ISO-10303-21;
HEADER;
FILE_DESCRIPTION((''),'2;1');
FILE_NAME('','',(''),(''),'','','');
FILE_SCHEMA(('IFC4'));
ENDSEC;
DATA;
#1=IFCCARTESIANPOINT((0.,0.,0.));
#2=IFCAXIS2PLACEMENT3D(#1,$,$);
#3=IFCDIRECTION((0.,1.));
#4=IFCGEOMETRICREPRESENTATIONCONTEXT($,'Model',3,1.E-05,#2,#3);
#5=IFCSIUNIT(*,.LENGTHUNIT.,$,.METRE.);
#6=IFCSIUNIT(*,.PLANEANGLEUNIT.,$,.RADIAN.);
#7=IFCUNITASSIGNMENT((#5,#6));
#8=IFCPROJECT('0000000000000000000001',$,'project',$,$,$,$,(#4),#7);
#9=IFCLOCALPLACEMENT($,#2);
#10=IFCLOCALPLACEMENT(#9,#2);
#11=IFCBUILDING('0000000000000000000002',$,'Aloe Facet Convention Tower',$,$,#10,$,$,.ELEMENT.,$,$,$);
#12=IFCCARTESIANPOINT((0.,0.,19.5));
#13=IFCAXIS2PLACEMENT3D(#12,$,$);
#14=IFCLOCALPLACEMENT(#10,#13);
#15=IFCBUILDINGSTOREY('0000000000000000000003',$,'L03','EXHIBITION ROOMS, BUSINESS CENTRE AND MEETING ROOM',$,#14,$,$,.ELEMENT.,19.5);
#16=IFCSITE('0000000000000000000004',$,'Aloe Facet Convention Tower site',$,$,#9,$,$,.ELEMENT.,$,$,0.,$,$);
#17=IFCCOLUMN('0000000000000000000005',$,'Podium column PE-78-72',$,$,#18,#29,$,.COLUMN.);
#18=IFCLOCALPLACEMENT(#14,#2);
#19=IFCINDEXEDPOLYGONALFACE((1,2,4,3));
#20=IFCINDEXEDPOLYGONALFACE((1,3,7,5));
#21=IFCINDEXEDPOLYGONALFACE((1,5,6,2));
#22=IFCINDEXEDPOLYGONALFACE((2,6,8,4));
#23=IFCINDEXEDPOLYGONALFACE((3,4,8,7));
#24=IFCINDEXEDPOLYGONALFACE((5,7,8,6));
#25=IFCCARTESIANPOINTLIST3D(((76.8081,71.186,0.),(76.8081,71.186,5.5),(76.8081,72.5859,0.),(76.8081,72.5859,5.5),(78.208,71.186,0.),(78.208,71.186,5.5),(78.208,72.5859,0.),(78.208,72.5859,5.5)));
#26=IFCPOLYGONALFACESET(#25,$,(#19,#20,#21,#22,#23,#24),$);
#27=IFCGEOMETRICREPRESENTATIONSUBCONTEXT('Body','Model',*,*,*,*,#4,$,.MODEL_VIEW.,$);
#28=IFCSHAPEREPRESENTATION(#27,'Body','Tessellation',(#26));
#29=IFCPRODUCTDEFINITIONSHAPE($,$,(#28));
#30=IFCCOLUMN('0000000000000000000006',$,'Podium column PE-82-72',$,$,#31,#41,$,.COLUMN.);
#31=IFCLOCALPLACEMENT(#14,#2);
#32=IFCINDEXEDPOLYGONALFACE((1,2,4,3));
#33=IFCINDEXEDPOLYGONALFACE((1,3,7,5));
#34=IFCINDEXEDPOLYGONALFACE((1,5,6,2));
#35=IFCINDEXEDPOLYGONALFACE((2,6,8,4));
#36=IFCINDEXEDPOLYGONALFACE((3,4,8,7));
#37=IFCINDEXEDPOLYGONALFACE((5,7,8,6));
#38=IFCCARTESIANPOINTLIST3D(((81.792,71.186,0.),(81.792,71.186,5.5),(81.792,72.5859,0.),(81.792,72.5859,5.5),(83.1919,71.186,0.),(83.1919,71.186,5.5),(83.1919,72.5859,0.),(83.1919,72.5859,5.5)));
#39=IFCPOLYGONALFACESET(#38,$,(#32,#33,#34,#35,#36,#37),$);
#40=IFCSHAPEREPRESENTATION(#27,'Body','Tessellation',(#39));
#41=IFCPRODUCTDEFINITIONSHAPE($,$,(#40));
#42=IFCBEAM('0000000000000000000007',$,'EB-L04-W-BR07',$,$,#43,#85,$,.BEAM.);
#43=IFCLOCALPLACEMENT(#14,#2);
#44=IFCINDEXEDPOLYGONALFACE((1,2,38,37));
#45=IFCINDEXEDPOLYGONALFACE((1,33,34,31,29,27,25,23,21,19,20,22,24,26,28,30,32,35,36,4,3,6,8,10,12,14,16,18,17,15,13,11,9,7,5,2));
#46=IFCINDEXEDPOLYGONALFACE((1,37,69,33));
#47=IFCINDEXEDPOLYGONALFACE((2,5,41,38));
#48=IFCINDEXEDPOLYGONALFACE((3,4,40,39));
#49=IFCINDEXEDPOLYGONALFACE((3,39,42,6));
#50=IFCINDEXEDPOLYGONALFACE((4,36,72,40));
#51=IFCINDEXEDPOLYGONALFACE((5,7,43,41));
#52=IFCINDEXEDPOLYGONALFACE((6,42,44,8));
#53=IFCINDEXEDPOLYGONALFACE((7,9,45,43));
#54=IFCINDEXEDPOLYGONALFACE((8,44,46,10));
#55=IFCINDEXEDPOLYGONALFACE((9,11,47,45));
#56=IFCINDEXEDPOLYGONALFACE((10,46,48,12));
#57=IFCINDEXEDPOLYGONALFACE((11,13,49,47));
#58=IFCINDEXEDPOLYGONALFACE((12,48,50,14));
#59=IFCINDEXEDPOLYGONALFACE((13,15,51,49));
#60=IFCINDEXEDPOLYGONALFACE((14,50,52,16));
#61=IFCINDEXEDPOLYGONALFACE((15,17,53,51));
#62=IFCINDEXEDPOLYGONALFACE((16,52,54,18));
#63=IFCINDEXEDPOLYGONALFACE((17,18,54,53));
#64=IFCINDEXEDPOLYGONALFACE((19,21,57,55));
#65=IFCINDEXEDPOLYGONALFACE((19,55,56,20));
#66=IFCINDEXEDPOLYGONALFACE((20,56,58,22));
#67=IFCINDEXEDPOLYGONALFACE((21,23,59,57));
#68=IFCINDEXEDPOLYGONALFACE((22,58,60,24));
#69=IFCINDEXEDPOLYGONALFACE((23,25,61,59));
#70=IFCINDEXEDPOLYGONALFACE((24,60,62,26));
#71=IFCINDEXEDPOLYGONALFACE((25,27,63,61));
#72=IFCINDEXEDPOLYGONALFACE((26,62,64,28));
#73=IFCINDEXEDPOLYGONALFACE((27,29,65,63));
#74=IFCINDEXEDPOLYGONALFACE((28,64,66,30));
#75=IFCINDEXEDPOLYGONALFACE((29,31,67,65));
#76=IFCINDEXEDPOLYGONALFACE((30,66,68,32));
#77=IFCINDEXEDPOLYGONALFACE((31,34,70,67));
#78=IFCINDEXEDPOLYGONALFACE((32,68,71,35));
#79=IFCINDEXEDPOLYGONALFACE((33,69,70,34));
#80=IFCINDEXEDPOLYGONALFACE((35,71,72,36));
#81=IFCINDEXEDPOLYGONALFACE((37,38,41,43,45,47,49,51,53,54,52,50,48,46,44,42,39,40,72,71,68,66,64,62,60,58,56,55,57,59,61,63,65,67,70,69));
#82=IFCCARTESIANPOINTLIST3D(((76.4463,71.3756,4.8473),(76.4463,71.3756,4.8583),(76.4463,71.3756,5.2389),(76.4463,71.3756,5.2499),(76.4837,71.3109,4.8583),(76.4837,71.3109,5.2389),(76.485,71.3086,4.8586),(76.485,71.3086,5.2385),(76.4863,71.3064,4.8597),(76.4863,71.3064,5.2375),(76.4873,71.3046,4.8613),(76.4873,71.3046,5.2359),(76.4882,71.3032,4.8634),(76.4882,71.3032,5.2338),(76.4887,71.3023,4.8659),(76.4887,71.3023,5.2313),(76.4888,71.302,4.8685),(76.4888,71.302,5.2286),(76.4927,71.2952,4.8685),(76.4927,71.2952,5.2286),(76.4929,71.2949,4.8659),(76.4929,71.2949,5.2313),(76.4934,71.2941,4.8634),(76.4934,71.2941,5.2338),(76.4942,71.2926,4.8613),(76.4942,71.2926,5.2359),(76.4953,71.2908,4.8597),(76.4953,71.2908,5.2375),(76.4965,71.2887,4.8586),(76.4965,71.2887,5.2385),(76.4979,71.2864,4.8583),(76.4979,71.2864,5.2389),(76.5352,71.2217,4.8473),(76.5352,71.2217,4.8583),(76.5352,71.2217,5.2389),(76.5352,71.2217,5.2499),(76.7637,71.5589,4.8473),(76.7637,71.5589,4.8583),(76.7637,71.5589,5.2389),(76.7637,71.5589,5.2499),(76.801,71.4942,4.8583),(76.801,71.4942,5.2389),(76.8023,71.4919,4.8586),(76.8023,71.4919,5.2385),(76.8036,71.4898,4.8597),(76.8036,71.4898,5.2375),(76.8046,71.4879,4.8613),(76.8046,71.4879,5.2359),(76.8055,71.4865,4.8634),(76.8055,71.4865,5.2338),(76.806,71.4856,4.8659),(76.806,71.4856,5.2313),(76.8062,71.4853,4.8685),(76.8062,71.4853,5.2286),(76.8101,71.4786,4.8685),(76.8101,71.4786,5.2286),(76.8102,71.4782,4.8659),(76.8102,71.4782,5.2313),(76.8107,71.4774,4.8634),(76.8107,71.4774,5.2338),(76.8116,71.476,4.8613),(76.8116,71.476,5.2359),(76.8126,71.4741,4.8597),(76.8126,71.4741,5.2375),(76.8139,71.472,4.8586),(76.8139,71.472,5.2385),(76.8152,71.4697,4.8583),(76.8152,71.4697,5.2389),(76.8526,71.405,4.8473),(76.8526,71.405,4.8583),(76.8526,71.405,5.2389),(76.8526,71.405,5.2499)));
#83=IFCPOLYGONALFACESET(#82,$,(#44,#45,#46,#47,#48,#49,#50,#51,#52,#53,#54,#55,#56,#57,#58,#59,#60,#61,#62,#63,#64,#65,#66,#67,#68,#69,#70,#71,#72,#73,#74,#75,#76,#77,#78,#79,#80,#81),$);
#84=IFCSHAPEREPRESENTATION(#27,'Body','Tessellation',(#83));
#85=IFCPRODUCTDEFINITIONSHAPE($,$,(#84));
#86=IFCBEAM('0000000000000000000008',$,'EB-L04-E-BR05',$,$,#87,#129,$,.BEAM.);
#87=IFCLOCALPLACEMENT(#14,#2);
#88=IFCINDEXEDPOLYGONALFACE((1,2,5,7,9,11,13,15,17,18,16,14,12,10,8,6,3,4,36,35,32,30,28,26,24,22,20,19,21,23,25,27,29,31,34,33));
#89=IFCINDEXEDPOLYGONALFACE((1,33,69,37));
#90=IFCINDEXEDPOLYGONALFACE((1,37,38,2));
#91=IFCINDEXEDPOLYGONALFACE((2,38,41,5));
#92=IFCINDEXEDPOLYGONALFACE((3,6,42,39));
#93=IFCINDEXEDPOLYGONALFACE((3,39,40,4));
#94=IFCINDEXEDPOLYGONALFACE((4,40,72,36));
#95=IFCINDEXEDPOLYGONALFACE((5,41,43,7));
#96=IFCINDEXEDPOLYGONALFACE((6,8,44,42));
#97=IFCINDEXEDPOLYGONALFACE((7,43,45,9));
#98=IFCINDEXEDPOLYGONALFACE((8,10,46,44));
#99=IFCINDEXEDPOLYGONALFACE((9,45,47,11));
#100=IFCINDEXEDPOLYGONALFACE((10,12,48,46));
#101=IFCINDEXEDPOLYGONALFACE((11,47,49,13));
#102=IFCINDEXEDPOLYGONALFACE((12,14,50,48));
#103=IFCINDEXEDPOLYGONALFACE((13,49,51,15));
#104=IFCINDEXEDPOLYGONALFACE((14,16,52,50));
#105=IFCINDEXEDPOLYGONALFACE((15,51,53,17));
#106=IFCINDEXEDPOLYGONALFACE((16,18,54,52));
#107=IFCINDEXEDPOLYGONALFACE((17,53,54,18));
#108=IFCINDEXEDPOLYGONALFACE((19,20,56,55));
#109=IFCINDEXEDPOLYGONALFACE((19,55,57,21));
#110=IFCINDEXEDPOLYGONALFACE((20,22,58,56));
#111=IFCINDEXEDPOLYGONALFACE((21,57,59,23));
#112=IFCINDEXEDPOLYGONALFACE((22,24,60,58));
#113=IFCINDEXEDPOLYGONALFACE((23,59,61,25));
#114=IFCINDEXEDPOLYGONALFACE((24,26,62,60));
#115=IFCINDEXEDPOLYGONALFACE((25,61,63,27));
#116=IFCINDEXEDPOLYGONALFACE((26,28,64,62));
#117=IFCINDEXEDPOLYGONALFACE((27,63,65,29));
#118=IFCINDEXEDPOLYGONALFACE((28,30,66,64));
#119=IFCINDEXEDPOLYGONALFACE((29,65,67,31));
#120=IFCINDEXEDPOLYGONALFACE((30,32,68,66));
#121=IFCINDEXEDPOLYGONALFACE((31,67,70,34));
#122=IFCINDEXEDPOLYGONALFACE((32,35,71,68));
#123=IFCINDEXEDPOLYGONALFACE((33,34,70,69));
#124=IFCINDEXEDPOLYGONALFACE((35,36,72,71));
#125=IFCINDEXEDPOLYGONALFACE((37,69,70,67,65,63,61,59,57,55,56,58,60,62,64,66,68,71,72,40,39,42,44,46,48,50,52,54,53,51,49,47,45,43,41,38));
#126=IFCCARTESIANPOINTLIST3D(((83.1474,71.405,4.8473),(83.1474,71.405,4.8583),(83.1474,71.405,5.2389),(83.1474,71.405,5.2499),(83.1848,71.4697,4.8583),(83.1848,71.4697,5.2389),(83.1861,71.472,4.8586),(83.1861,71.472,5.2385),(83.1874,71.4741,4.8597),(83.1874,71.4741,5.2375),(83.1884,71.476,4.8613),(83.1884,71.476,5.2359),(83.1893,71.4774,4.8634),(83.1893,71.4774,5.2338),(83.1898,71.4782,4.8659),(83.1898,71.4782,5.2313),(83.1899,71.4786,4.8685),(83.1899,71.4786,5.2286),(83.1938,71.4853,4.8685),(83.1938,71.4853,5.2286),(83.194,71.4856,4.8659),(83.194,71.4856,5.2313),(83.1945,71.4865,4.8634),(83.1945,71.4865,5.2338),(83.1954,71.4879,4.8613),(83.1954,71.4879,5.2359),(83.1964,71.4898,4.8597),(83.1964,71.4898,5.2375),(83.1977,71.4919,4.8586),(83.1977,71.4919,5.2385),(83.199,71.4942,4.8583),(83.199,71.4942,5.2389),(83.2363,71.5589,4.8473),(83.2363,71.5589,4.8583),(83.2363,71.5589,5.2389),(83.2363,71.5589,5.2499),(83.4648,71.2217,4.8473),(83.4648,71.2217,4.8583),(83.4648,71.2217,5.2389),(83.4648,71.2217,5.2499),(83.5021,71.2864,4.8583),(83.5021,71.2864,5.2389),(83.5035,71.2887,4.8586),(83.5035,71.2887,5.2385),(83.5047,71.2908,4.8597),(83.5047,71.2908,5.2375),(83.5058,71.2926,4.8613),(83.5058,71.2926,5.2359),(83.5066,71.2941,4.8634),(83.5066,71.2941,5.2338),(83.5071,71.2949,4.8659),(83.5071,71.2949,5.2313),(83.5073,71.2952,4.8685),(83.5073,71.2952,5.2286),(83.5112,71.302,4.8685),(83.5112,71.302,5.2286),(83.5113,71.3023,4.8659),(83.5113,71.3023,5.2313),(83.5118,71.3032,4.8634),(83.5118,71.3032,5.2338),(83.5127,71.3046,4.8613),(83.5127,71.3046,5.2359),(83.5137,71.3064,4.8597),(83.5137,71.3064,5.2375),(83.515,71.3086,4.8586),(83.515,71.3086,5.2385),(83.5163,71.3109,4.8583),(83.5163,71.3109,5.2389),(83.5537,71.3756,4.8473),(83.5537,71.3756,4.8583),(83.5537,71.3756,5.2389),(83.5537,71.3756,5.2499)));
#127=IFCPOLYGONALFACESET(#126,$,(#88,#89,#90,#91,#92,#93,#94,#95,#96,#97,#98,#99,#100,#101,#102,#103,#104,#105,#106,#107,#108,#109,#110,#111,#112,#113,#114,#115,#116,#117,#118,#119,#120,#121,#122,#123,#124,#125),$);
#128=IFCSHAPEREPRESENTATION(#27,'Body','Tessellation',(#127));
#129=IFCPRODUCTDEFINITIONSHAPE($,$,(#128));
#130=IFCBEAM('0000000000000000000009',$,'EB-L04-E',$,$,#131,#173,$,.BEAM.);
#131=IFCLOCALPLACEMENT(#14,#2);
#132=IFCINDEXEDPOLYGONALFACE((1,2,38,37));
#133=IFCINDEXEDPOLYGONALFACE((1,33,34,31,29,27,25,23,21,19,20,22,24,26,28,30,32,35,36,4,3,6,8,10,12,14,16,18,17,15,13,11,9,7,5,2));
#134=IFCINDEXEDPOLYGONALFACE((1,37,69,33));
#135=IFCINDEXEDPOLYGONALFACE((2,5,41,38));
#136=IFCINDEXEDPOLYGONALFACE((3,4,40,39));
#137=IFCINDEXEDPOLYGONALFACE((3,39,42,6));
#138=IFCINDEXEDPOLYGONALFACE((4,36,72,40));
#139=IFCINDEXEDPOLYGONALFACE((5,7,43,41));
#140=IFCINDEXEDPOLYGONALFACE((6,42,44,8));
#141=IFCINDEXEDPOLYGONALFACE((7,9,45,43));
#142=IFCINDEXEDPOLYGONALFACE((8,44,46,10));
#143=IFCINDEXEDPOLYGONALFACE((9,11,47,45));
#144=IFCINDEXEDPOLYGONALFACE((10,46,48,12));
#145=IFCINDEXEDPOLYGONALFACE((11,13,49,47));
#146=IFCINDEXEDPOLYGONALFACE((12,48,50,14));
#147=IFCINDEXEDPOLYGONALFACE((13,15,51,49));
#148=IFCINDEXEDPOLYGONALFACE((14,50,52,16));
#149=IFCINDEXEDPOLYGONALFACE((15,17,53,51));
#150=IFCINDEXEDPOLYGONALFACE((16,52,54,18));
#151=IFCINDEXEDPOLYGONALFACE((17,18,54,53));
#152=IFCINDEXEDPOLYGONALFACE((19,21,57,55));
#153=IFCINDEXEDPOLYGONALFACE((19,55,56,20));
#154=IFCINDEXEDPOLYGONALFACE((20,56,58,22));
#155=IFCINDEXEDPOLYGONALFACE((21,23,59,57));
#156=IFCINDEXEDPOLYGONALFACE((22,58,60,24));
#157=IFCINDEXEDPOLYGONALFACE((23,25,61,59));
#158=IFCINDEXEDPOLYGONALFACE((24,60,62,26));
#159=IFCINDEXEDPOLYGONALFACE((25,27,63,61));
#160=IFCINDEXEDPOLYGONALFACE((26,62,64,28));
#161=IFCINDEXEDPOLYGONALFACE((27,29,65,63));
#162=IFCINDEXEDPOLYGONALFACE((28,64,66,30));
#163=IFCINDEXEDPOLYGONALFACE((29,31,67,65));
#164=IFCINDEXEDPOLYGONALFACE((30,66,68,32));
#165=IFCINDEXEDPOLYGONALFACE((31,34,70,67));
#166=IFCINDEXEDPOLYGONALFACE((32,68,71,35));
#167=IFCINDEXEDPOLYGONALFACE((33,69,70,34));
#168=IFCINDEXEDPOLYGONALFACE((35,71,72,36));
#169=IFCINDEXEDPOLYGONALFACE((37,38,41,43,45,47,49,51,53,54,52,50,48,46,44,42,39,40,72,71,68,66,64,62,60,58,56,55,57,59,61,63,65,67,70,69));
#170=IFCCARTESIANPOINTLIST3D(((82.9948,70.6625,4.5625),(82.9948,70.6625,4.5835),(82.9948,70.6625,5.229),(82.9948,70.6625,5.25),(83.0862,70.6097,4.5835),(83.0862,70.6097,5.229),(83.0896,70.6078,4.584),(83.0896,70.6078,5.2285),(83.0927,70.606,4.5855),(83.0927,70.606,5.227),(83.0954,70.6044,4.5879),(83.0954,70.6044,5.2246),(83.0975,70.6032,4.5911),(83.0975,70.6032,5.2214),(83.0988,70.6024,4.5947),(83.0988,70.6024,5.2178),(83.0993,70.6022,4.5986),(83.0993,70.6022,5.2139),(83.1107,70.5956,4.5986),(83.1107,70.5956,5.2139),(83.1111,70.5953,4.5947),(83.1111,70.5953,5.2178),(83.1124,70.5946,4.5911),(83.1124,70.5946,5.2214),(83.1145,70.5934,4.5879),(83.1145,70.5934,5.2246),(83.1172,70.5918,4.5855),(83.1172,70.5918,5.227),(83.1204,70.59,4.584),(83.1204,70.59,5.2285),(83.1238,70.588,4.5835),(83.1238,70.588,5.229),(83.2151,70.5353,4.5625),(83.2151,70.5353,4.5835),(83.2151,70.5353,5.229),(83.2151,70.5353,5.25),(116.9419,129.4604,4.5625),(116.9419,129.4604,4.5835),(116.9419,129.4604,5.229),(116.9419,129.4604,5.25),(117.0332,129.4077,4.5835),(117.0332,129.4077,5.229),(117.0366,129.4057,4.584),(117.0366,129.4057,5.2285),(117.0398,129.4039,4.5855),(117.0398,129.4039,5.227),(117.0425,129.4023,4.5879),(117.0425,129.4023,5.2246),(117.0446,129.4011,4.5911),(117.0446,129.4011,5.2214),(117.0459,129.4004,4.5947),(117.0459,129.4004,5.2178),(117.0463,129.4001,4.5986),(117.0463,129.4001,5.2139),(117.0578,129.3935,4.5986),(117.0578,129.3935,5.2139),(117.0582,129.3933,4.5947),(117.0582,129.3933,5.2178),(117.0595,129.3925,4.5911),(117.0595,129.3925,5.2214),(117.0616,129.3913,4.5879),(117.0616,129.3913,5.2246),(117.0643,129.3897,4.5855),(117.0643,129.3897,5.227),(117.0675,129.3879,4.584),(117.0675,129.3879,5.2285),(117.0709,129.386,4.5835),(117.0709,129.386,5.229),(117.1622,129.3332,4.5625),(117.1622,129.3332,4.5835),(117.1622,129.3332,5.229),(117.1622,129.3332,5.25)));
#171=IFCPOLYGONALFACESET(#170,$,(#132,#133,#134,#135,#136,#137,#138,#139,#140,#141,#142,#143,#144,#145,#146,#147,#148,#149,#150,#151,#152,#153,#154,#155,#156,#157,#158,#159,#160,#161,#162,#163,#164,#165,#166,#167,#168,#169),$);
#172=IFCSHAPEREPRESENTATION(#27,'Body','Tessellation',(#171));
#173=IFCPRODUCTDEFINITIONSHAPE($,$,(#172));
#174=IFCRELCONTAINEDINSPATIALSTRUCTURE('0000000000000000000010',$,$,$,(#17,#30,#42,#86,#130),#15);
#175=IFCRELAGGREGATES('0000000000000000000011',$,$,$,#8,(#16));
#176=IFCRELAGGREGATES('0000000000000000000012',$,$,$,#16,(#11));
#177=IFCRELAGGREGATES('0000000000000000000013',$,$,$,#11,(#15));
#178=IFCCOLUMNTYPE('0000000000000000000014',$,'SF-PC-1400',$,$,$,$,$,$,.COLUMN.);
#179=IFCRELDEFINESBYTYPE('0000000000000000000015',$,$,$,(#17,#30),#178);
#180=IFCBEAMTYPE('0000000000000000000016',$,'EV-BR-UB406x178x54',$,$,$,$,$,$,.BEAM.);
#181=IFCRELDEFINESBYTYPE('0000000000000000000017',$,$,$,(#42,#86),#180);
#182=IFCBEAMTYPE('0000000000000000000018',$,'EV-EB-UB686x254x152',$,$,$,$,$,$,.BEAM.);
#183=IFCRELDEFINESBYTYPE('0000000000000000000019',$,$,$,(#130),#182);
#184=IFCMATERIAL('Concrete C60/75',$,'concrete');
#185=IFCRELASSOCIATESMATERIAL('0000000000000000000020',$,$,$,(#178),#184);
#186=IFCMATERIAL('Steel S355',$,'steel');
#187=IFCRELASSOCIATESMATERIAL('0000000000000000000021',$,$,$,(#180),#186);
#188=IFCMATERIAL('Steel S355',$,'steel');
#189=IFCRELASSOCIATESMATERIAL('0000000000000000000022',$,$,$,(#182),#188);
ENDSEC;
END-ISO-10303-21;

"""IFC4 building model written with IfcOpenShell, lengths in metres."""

from ifc_helpers import new_model, si_unit, direction, frame, origin, origin_2d, place, context, subcontext, project, spatial, rectangle, i_section, extrude, material, material_profile, profile_set, type_object, element, save


model = new_model("IFC4")

# Units and contexts
model_context = context("Model", 3, precision=1e-05, world=origin(), true_north=direction((0.0, 1.0)))
body_context = subcontext(model_context, "Body", "Model", "MODEL_VIEW")
ifc_project = project(units=[si_unit("LENGTHUNIT", "METRE"), si_unit("PLANEANGLEUNIT", "RADIAN")], contexts=[model_context])

# Site, building, storey
site_placement = place(None, origin())
site = spatial("IfcSite", under=ifc_project, at=site_placement, Name="Aloe Facet Convention Tower site", CompositionType="ELEMENT", RefElevation=0.0)
building_placement = place(site_placement, origin())
building = spatial("IfcBuilding", under=site, at=building_placement, Name="Aloe Facet Convention Tower", CompositionType="ELEMENT")
storey_placement = place(building_placement, frame((0.0, 0.0, 19.5)))
storey = spatial("IfcBuildingStorey", under=building, at=storey_placement, Name="L03", Description="EXHIBITION ROOMS, BUSINESS CENTRE AND MEETING ROOM", CompositionType="ELEMENT", Elevation=19.5)

# Columns
ifc_material_1 = material(Name="Concrete C60/75", Category="concrete")
ifc_material_profile_1 = material_profile(ifc_material_1, rectangle(XDim=1.3999, YDim=1.3999, at=origin_2d()), Name="SF-PC-1400")
ifc_profile_set_1 = profile_set([ifc_material_profile_1], Name="Concrete C60/75")
column_type = type_object("IfcColumnType", Name="SF-PC-1400", PredefinedType="COLUMN", material=ifc_profile_set_1)
for number, where, z_axis, x_axis, name in (
    (1, (77.5081, 71.886, 0.0), (0.0, 0.0, 1.0), (1.0, 0.0, 0.0), "Podium column PE-78-72"),
    (2, (82.4919, 71.886, 0.0), (0.0, 0.0, 1.0), (1.0, 0.0, 0.0), "Podium column PE-82-72"),
):
    element("IfcColumn", number, at=place(storey_placement, frame(where, z_axis=z_axis, x_axis=x_axis)), inside=storey, type_object=column_type, Name=name, PredefinedType="COLUMN", context=body_context, shape_type="SweptSolid", body=[
        extrude(rectangle(XDim=1.3999, YDim=1.3999, at=origin_2d()), origin(), (0.0, 0.0, 1.0), 5.5),
    ])

# Beams
ifc_material_2 = material(Name="Steel S355", Category="steel")
ifc_material_profile_2 = material_profile(ifc_material_2, i_section(OverallWidth=0.1777, OverallDepth=0.4026, WebThickness=0.0078, FlangeThickness=0.011, FilletRadius=0.0103, at=origin_2d()), Name="UB 406x178x54")
ifc_profile_set_2 = profile_set([ifc_material_profile_2], Name="Steel S355")
beam_type_1 = type_object("IfcBeamType", Name="EV-BR-UB406x178x54", PredefinedType="BEAM", material=ifc_profile_set_2)
for number, where, z_axis, x_axis, name in (
    (3, (76.8081, 71.4819, 5.0486), (-0.865897, -0.500222, 0.0), (0.500222, -0.865897, 0.0), "EB-L04-W-BR07"),
    (4, (83.1919, 71.4819, 5.0486), (0.865897, -0.500222, 0.0), (0.500222, 0.865897, 0.0), "EB-L04-E-BR05"),
):
    element("IfcBeam", number, at=place(storey_placement, frame(where, z_axis=z_axis, x_axis=x_axis)), inside=storey, type_object=beam_type_1, Name=name, PredefinedType="BEAM", context=body_context, shape_type="SweptSolid", body=[
        extrude(i_section(OverallWidth=0.1777, OverallDepth=0.4026, WebThickness=0.0078, FlangeThickness=0.011, FilletRadius=0.0103, at=origin_2d()), origin(), (0.0, 0.0, 1.0), 0.3665),
    ])
ifc_material_3 = material(Name="Steel S355", Category="steel")
ifc_material_profile_3 = material_profile(ifc_material_3, i_section(OverallWidth=0.2544, OverallDepth=0.6875, WebThickness=0.0132, FlangeThickness=0.021, FilletRadius=0.0151, at=origin_2d()), Name="UB 686x254x152")
ifc_profile_set_3 = profile_set([ifc_material_profile_3], Name="Steel S355")
beam_type_2 = type_object("IfcBeamType", Name="EV-EB-UB686x254x152", PredefinedType="BEAM", material=ifc_profile_set_3)
beam_1_placement = place(storey_placement, frame((83.105, 70.5989, 4.9062), z_axis=(0.500001, 0.866025, 0.0), x_axis=(-0.866025, 0.500001, 0.0)))
element("IfcBeam", 5, at=beam_1_placement, inside=storey, type_object=beam_type_2, Name="EB-L04-E", PredefinedType="BEAM", context=body_context, shape_type="SweptSolid", body=[
    extrude(i_section(OverallWidth=0.2544, OverallDepth=0.6875, WebThickness=0.0132, FlangeThickness=0.021, FilletRadius=0.0151, at=origin_2d()), origin(), (0.0, 0.0, 1.0), 67.894),
])

save(model, "model.ifc")
